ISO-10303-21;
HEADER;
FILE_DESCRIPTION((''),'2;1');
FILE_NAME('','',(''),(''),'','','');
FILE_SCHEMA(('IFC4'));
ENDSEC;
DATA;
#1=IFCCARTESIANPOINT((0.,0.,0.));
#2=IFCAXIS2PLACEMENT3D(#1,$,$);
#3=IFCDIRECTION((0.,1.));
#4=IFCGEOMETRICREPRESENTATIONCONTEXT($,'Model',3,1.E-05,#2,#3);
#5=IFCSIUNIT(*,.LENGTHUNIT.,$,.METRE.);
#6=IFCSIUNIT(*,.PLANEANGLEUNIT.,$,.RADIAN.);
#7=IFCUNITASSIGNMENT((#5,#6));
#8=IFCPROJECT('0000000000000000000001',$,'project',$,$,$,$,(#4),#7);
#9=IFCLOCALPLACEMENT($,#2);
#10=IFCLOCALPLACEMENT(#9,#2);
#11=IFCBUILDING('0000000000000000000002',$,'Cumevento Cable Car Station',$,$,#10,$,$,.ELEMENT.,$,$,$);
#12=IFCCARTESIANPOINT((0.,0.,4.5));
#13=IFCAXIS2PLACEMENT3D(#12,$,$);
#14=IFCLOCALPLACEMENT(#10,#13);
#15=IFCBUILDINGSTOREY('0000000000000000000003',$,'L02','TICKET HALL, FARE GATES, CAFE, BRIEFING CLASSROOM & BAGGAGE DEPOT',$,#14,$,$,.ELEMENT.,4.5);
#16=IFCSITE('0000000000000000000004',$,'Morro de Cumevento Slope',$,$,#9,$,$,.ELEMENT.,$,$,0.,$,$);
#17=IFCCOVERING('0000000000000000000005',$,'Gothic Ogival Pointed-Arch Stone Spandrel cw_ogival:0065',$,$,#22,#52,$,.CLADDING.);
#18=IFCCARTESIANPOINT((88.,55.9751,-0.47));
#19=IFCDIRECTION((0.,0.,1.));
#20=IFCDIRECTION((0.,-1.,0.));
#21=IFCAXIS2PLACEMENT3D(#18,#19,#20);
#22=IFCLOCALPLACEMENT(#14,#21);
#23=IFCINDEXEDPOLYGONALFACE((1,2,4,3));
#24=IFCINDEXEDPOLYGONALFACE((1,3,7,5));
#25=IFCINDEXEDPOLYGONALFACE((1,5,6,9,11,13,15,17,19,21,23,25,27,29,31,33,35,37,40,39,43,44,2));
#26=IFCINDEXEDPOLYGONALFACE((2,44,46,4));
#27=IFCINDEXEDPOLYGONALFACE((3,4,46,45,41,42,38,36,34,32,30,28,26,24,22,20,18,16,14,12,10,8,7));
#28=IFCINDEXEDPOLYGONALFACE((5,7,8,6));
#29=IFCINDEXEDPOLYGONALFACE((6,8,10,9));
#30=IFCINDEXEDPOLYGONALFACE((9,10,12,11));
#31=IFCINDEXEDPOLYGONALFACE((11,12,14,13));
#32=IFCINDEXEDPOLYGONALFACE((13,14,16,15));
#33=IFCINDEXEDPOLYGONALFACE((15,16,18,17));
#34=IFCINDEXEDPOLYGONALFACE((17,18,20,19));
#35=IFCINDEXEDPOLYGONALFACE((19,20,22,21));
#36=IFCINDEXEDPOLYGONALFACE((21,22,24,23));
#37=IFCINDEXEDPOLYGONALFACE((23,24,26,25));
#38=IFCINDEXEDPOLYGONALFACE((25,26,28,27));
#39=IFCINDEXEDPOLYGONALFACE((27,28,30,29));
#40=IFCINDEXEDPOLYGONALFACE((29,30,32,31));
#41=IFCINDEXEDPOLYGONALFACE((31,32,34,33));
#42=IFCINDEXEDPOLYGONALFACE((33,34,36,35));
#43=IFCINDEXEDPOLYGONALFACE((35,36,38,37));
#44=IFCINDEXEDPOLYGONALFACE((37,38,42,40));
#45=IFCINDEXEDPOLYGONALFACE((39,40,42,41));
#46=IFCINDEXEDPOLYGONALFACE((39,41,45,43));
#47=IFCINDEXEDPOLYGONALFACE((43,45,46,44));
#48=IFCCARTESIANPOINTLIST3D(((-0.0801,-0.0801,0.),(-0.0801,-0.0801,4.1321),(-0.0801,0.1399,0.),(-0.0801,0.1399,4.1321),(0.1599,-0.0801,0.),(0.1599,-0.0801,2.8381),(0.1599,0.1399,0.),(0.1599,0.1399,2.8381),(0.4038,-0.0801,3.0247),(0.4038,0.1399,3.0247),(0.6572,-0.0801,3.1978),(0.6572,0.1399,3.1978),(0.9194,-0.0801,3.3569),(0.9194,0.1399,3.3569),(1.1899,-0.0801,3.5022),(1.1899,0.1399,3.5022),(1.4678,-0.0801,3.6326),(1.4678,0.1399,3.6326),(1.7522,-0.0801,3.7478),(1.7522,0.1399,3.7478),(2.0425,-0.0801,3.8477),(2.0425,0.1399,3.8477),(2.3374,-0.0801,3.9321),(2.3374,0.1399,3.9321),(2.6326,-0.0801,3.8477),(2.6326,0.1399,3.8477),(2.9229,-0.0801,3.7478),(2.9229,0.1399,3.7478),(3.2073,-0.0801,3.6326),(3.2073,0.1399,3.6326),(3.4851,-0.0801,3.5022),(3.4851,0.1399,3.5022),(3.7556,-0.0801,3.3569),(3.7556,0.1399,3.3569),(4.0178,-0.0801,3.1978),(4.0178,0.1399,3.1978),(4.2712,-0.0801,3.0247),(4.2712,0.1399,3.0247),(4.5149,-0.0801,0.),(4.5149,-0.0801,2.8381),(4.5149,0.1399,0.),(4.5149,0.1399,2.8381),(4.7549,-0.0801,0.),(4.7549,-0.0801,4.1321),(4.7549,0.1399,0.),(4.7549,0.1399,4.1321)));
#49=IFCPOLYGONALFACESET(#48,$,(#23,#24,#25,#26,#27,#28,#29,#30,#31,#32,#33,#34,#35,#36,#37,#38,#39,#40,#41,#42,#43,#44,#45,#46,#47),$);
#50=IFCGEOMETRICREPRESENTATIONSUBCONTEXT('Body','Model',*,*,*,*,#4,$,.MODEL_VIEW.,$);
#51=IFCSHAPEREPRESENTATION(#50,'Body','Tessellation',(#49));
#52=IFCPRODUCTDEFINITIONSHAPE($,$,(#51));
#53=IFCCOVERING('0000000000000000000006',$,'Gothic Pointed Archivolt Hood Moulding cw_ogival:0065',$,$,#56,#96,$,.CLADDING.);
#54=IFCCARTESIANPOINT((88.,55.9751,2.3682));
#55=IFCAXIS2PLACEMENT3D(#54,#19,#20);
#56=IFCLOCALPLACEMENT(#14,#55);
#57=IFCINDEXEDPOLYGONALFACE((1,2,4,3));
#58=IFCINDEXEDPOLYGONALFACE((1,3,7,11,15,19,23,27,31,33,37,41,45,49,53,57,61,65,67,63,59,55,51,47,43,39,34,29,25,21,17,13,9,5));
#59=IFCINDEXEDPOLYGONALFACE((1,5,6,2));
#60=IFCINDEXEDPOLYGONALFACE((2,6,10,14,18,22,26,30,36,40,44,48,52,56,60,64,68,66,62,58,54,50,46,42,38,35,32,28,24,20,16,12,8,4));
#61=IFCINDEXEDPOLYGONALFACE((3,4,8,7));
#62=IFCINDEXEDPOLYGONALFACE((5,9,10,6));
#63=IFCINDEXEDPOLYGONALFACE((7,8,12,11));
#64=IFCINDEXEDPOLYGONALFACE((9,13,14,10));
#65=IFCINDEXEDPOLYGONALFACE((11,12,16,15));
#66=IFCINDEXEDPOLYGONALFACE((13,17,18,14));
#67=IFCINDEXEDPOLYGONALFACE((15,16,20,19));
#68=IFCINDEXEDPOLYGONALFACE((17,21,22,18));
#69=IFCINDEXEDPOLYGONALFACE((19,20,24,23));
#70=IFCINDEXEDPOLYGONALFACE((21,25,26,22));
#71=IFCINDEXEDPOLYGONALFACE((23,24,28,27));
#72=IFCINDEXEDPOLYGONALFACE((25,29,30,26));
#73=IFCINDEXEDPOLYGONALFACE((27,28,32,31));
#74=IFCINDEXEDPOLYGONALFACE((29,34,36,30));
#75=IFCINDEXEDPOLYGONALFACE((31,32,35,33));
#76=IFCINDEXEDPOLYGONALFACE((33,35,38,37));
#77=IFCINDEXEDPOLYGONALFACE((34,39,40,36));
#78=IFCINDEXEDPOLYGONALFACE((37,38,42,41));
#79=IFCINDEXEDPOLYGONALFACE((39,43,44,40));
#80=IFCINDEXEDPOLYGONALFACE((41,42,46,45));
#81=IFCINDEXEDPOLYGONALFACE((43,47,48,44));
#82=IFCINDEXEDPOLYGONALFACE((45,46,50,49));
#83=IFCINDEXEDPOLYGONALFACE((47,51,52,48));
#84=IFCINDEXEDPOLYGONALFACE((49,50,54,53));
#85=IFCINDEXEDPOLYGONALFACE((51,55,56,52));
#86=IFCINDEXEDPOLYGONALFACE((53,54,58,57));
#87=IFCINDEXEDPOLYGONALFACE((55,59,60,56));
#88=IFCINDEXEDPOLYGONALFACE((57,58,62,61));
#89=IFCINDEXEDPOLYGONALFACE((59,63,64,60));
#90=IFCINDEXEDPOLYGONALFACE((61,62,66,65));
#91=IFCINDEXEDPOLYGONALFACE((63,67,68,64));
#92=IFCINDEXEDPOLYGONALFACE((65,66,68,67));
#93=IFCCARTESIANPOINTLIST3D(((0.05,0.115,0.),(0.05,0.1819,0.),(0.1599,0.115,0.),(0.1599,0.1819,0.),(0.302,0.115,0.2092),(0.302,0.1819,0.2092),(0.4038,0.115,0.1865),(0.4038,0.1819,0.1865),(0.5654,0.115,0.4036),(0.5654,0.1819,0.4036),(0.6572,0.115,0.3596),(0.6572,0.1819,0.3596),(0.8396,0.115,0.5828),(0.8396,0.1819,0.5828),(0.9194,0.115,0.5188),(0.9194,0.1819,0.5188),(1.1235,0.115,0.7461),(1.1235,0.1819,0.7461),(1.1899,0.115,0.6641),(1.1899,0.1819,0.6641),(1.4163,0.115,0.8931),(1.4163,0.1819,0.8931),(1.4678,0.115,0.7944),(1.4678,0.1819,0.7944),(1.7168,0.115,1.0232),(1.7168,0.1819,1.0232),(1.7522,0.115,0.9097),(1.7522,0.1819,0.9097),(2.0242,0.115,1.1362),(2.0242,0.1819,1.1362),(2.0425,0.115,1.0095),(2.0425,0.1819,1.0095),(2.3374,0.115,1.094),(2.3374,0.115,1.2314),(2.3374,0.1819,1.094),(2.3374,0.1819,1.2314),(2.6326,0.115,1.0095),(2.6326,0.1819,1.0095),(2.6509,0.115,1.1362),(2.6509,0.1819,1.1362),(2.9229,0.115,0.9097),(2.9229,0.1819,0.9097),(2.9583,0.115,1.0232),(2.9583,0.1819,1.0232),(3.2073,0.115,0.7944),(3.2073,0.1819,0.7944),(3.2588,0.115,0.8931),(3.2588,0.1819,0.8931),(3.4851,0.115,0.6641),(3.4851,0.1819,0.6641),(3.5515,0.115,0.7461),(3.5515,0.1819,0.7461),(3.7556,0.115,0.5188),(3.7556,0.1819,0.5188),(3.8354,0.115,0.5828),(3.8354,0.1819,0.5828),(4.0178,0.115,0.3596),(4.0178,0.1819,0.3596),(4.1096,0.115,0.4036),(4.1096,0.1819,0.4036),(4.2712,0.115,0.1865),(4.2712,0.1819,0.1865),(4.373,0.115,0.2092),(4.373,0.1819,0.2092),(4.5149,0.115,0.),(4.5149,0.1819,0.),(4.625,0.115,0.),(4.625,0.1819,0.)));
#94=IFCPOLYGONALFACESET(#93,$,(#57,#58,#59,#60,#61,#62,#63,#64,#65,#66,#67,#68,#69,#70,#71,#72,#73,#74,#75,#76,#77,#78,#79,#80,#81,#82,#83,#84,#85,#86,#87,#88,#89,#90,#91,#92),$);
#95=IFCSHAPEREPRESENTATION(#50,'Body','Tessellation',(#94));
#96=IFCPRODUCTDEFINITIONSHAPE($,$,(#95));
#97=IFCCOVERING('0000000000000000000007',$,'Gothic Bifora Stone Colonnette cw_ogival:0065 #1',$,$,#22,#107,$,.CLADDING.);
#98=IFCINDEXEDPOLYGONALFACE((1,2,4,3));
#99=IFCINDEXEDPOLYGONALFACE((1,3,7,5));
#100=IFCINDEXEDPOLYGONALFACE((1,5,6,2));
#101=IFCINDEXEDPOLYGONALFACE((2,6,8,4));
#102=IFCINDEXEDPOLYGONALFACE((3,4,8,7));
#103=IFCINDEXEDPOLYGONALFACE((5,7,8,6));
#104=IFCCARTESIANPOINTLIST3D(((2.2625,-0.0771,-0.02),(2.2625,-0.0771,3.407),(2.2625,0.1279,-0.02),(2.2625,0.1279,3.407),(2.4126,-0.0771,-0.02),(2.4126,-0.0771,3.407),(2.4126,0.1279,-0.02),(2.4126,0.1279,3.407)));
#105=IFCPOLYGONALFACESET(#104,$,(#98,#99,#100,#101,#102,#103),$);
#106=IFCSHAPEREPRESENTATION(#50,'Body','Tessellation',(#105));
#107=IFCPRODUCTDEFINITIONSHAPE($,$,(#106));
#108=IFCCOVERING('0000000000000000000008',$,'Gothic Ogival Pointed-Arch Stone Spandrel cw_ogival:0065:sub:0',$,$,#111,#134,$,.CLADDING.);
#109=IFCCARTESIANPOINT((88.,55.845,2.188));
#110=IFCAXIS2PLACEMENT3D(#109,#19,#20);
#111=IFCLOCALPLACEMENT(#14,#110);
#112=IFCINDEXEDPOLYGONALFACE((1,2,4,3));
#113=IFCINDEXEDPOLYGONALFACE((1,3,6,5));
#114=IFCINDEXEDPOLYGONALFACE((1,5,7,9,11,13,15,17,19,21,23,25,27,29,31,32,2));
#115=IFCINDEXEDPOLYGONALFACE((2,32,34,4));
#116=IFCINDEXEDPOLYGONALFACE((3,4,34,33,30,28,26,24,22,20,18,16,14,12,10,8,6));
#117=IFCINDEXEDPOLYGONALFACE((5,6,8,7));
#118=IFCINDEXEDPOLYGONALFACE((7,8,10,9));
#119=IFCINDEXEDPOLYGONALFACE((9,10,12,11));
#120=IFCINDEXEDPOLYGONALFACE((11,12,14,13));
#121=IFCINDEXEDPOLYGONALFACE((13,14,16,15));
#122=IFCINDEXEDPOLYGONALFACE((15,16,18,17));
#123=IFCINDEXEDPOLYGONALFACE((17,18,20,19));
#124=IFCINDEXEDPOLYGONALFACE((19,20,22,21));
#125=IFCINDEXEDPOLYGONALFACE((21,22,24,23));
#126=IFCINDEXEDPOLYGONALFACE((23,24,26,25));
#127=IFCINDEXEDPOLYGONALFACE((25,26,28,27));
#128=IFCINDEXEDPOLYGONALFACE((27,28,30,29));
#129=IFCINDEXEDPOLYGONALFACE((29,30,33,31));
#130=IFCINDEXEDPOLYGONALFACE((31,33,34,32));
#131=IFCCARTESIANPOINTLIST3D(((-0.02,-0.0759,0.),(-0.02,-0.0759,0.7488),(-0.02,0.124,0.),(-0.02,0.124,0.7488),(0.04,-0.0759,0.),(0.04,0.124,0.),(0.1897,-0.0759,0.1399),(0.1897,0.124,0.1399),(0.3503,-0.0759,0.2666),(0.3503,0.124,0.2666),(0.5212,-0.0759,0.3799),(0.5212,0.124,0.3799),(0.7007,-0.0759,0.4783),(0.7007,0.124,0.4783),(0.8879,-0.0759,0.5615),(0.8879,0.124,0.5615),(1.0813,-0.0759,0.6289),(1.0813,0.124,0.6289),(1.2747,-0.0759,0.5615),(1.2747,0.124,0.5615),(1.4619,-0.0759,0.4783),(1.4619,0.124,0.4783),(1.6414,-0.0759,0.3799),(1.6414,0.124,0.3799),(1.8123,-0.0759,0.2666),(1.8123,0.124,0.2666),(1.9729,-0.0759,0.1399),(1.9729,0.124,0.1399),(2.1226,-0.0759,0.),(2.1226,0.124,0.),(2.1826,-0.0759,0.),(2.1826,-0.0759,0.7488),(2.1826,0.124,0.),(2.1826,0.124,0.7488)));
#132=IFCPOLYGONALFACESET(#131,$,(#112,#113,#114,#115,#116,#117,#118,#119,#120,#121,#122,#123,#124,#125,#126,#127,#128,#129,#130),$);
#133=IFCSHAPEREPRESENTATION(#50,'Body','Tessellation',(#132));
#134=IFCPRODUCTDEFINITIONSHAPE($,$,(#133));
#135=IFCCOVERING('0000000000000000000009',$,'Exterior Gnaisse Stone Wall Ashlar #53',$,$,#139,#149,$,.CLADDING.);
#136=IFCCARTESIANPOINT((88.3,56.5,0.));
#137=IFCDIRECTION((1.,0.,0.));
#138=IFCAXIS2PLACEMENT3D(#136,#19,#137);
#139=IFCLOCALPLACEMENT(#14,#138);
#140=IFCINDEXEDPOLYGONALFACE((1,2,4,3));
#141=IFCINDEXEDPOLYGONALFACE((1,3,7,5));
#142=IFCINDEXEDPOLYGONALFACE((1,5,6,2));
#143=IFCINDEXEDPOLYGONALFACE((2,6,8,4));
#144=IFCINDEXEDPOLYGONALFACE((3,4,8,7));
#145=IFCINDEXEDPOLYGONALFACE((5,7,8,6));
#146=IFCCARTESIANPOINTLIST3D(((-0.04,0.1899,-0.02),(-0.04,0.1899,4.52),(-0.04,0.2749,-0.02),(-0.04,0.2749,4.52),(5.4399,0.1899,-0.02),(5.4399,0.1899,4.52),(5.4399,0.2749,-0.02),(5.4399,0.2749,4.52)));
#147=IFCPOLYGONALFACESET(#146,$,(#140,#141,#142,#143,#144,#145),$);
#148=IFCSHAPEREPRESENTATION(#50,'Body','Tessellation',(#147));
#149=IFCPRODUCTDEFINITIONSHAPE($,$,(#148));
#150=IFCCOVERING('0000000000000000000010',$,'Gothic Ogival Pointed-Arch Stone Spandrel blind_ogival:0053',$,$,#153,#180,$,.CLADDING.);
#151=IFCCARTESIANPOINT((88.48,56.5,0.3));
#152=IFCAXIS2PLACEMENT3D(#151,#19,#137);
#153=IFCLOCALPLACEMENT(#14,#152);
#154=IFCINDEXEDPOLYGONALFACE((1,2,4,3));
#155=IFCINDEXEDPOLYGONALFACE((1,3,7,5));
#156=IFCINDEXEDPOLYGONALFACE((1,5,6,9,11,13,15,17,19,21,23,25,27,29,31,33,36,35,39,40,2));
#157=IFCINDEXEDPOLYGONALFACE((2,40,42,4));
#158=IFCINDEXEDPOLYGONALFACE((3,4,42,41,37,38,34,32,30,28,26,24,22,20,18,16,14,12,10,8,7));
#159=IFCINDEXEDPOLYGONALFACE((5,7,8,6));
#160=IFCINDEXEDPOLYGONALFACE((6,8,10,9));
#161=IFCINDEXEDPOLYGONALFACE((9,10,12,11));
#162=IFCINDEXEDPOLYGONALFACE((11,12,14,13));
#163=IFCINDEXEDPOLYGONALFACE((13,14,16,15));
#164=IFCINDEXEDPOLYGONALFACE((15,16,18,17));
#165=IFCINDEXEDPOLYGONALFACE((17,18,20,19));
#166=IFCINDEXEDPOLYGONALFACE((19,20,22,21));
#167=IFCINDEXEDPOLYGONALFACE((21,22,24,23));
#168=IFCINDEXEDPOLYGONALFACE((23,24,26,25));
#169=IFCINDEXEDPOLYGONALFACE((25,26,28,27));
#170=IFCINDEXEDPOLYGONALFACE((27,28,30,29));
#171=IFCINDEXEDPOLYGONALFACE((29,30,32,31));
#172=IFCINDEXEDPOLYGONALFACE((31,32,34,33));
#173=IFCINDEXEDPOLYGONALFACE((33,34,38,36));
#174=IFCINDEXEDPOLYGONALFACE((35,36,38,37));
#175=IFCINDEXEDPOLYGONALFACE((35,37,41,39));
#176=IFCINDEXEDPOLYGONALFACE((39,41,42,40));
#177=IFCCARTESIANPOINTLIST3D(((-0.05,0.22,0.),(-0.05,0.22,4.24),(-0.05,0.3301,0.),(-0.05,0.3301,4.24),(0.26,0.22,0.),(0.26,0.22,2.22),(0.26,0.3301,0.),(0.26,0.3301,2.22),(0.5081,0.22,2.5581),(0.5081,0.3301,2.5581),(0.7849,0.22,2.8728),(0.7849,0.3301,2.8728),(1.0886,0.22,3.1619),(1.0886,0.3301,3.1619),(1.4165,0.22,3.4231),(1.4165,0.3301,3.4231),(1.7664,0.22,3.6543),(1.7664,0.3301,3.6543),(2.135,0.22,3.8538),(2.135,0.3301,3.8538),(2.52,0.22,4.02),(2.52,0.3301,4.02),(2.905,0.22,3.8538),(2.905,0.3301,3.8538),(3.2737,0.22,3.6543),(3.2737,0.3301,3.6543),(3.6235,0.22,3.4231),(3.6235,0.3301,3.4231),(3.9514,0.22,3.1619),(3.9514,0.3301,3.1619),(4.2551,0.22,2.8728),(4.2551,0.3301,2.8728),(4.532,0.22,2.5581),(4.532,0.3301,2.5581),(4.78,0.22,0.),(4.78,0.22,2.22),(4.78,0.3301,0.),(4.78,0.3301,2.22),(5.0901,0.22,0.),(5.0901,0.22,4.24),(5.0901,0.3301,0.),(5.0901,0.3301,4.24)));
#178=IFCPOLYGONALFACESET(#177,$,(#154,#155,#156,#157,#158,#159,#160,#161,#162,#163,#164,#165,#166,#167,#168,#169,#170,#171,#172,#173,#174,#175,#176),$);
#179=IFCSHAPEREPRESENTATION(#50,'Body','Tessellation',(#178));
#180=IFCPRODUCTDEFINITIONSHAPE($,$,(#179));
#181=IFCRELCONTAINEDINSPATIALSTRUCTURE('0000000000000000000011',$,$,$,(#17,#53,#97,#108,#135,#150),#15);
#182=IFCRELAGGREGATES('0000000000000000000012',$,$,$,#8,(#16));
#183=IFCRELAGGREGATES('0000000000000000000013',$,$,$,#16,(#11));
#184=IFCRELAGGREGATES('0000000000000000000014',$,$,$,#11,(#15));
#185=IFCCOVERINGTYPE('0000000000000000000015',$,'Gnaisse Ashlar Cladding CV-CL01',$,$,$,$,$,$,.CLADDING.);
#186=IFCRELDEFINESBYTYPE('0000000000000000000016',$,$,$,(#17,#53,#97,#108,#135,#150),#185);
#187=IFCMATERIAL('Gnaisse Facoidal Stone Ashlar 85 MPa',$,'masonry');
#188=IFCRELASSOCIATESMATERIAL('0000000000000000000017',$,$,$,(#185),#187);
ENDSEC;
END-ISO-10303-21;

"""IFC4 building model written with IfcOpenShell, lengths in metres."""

from ifc_helpers import new_model, si_unit, direction, frame, origin, place, context, subcontext, project, spatial, polyline, outline, extrude, material, type_object, element, save


model = new_model("IFC4")

# Units and contexts
model_context = context("Model", 3, precision=1e-05, world=origin(), true_north=direction((0.0, 1.0)))
body_context = subcontext(model_context, "Body", "Model", "MODEL_VIEW")
ifc_project = project(units=[si_unit("LENGTHUNIT", "METRE"), si_unit("PLANEANGLEUNIT", "RADIAN")], contexts=[model_context])

# Site, building, storey
site_placement = place(None, origin())
site = spatial("IfcSite", under=ifc_project, at=site_placement, Name="Morro de Cumevento Slope", CompositionType="ELEMENT", RefElevation=0.0)
building_placement = place(site_placement, origin())
building = spatial("IfcBuilding", under=site, at=building_placement, Name="Cumevento Cable Car Station", CompositionType="ELEMENT")
storey_placement = place(building_placement, frame((0.0, 0.0, 4.5)))
storey = spatial("IfcBuildingStorey", under=building, at=storey_placement, Name="L02", Description="TICKET HALL, FARE GATES, CAFE, BRIEFING CLASSROOM & BAGGAGE DEPOT", CompositionType="ELEMENT", Elevation=4.5)

# Coverings
ifc_material_1 = material(Name="Gnaisse Facoidal Stone Ashlar 85 MPa", Category="masonry")
covering_type = type_object("IfcCoveringType", Name="Gnaisse Ashlar Cladding CV-CL01", PredefinedType="CLADDING", material=ifc_material_1)
placement_1 = place(storey_placement, frame((88.0, 55.9751, -0.47), z_axis=(0.0, 0.0, 1.0), x_axis=(0.0, -1.0, 0.0)))
element("IfcCovering", 1, at=placement_1, inside=storey, type_object=covering_type, Name="Gothic Ogival Pointed-Arch Stone Spandrel cw_ogival:0065", PredefinedType="CLADDING", context=body_context, shape_type="SweptSolid", body=[
    extrude(outline(polyline([(-0.0801, 0.0), (-0.0801, 4.1321), (4.7549, 4.1321), (4.7549, 0.0), (4.5149, 0.0), (4.5149, 2.8381), (4.2712, 3.0247), (4.0178, 3.1978), (3.7556, 3.3569), (3.4851, 3.5022), (3.2073, 3.6326), (2.9229, 3.7478), (2.6326, 3.8477), (2.3374, 3.9321), (2.0425, 3.8477), (1.7522, 3.7478), (1.4678, 3.6326), (1.1899, 3.5022), (0.9194, 3.3569), (0.6572, 3.1978), (0.4038, 3.0247), (0.1599, 2.8381), (0.1599, 0.0), (-0.0801, 0.0)])), frame((0.0, 0.1399, 0.0), z_axis=(0.0, -1.0, 0.0), x_axis=(1.0, 0.0, 0.0)), (0.0, 0.0, 1.0), 0.22),
])
covering_1_placement = place(storey_placement, frame((88.0, 55.9751, 2.3682), z_axis=(0.0, 0.0, 1.0), x_axis=(0.0, -1.0, 0.0)))
element("IfcCovering", 2, at=covering_1_placement, inside=storey, type_object=covering_type, Name="Gothic Pointed Archivolt Hood Moulding cw_ogival:0065", PredefinedType="CLADDING", context=body_context, shape_type="SweptSolid", body=[
    extrude(outline(polyline([(0.1599, 0.0), (0.4038, 0.1865), (0.6572, 0.3596), (0.9194, 0.5188), (1.1899, 0.6641), (1.4678, 0.7944), (1.7522, 0.9097), (2.0425, 1.0095), (2.3374, 1.094), (2.6326, 1.0095), (2.9229, 0.9097), (3.2073, 0.7944), (3.4851, 0.6641), (3.7556, 0.5188), (4.0178, 0.3596), (4.2712, 0.1865), (4.5149, 0.0), (4.625, 0.0), (4.373, 0.2092), (4.1096, 0.4036), (3.8354, 0.5828), (3.5515, 0.7461), (3.2588, 0.8931), (2.9583, 1.0232), (2.6509, 1.1362), (2.3374, 1.2314), (2.0242, 1.1362), (1.7168, 1.0232), (1.4163, 0.8931), (1.1235, 0.7461), (0.8396, 0.5828), (0.5654, 0.4036), (0.302, 0.2092), (0.05, 0.0), (0.1599, 0.0)])), frame((0.0, 0.1819, 0.0), z_axis=(0.0, -1.0, 0.0), x_axis=(1.0, 0.0, 0.0)), (0.0, 0.0, 1.0), 0.0669),
])
element("IfcCovering", 3, at=placement_1, inside=storey, type_object=covering_type, Name="Gothic Bifora Stone Colonnette cw_ogival:0065 #1", PredefinedType="CLADDING", context=body_context, shape_type="SweptSolid", body=[
    extrude(outline(polyline([(2.2625, -0.02), (2.4126, -0.02), (2.4126, 3.407), (2.2625, 3.407), (2.2625, -0.02)])), frame((0.0, 0.1279, 0.0), z_axis=(0.0, -1.0, 0.0), x_axis=(1.0, 0.0, 0.0)), (0.0, 0.0, 1.0), 0.2051),
])
covering_2_placement = place(storey_placement, frame((88.0, 55.845, 2.188), z_axis=(0.0, 0.0, 1.0), x_axis=(0.0, -1.0, 0.0)))
element("IfcCovering", 4, at=covering_2_placement, inside=storey, type_object=covering_type, Name="Gothic Ogival Pointed-Arch Stone Spandrel cw_ogival:0065:sub:0", PredefinedType="CLADDING", context=body_context, shape_type="SweptSolid", body=[
    extrude(outline(polyline([(-0.02, 0.0), (-0.02, 0.7488), (2.1826, 0.7488), (2.1826, 0.0), (2.1226, 0.0), (1.9729, 0.1399), (1.8123, 0.2666), (1.6414, 0.3799), (1.4619, 0.4783), (1.2747, 0.5615), (1.0813, 0.6289), (0.8879, 0.5615), (0.7007, 0.4783), (0.5212, 0.3799), (0.3503, 0.2666), (0.1897, 0.1399), (0.04, 0.0), (-0.02, 0.0)])), frame((0.0, 0.124, 0.0), z_axis=(0.0, -1.0, 0.0), x_axis=(1.0, 0.0, 0.0)), (0.0, 0.0, 1.0), 0.2),
])
covering_3_placement = place(storey_placement, frame((88.3, 56.5, 0.0), z_axis=(0.0, 0.0, 1.0), x_axis=(1.0, 0.0, 0.0)))
element("IfcCovering", 5, at=covering_3_placement, inside=storey, type_object=covering_type, Name="Exterior Gnaisse Stone Wall Ashlar #53", PredefinedType="CLADDING", context=body_context, shape_type="SweptSolid", body=[
    extrude(outline(polyline([(-0.04, -0.02), (5.4399, -0.02), (5.4399, 4.52), (-0.04, 4.52), (-0.04, -0.02)])), frame((0.0, 0.2749, 0.0), z_axis=(0.0, -1.0, 0.0), x_axis=(1.0, 0.0, 0.0)), (0.0, 0.0, 1.0), 0.085),
])
placement_2 = place(storey_placement, frame((88.48, 56.5, 0.3), z_axis=(0.0, 0.0, 1.0), x_axis=(1.0, 0.0, 0.0)))
element("IfcCovering", 6, at=placement_2, inside=storey, type_object=covering_type, Name="Gothic Ogival Pointed-Arch Stone Spandrel blind_ogival:0053", PredefinedType="CLADDING", context=body_context, shape_type="SweptSolid", body=[
    extrude(outline(polyline([(-0.05, 0.0), (-0.05, 4.24), (5.0901, 4.24), (5.0901, 0.0), (4.78, 0.0), (4.78, 2.22), (4.532, 2.5581), (4.2551, 2.8728), (3.9514, 3.1619), (3.6235, 3.4231), (3.2737, 3.6543), (2.905, 3.8538), (2.52, 4.02), (2.135, 3.8538), (1.7664, 3.6543), (1.4165, 3.4231), (1.0886, 3.1619), (0.7849, 2.8728), (0.5081, 2.5581), (0.26, 2.22), (0.26, 0.0), (-0.05, 0.0)])), frame((0.0, 0.3301, 0.0), z_axis=(0.0, -1.0, 0.0), x_axis=(1.0, 0.0, 0.0)), (0.0, 0.0, 1.0), 0.1101),
])

save(model, "model.ifc")
